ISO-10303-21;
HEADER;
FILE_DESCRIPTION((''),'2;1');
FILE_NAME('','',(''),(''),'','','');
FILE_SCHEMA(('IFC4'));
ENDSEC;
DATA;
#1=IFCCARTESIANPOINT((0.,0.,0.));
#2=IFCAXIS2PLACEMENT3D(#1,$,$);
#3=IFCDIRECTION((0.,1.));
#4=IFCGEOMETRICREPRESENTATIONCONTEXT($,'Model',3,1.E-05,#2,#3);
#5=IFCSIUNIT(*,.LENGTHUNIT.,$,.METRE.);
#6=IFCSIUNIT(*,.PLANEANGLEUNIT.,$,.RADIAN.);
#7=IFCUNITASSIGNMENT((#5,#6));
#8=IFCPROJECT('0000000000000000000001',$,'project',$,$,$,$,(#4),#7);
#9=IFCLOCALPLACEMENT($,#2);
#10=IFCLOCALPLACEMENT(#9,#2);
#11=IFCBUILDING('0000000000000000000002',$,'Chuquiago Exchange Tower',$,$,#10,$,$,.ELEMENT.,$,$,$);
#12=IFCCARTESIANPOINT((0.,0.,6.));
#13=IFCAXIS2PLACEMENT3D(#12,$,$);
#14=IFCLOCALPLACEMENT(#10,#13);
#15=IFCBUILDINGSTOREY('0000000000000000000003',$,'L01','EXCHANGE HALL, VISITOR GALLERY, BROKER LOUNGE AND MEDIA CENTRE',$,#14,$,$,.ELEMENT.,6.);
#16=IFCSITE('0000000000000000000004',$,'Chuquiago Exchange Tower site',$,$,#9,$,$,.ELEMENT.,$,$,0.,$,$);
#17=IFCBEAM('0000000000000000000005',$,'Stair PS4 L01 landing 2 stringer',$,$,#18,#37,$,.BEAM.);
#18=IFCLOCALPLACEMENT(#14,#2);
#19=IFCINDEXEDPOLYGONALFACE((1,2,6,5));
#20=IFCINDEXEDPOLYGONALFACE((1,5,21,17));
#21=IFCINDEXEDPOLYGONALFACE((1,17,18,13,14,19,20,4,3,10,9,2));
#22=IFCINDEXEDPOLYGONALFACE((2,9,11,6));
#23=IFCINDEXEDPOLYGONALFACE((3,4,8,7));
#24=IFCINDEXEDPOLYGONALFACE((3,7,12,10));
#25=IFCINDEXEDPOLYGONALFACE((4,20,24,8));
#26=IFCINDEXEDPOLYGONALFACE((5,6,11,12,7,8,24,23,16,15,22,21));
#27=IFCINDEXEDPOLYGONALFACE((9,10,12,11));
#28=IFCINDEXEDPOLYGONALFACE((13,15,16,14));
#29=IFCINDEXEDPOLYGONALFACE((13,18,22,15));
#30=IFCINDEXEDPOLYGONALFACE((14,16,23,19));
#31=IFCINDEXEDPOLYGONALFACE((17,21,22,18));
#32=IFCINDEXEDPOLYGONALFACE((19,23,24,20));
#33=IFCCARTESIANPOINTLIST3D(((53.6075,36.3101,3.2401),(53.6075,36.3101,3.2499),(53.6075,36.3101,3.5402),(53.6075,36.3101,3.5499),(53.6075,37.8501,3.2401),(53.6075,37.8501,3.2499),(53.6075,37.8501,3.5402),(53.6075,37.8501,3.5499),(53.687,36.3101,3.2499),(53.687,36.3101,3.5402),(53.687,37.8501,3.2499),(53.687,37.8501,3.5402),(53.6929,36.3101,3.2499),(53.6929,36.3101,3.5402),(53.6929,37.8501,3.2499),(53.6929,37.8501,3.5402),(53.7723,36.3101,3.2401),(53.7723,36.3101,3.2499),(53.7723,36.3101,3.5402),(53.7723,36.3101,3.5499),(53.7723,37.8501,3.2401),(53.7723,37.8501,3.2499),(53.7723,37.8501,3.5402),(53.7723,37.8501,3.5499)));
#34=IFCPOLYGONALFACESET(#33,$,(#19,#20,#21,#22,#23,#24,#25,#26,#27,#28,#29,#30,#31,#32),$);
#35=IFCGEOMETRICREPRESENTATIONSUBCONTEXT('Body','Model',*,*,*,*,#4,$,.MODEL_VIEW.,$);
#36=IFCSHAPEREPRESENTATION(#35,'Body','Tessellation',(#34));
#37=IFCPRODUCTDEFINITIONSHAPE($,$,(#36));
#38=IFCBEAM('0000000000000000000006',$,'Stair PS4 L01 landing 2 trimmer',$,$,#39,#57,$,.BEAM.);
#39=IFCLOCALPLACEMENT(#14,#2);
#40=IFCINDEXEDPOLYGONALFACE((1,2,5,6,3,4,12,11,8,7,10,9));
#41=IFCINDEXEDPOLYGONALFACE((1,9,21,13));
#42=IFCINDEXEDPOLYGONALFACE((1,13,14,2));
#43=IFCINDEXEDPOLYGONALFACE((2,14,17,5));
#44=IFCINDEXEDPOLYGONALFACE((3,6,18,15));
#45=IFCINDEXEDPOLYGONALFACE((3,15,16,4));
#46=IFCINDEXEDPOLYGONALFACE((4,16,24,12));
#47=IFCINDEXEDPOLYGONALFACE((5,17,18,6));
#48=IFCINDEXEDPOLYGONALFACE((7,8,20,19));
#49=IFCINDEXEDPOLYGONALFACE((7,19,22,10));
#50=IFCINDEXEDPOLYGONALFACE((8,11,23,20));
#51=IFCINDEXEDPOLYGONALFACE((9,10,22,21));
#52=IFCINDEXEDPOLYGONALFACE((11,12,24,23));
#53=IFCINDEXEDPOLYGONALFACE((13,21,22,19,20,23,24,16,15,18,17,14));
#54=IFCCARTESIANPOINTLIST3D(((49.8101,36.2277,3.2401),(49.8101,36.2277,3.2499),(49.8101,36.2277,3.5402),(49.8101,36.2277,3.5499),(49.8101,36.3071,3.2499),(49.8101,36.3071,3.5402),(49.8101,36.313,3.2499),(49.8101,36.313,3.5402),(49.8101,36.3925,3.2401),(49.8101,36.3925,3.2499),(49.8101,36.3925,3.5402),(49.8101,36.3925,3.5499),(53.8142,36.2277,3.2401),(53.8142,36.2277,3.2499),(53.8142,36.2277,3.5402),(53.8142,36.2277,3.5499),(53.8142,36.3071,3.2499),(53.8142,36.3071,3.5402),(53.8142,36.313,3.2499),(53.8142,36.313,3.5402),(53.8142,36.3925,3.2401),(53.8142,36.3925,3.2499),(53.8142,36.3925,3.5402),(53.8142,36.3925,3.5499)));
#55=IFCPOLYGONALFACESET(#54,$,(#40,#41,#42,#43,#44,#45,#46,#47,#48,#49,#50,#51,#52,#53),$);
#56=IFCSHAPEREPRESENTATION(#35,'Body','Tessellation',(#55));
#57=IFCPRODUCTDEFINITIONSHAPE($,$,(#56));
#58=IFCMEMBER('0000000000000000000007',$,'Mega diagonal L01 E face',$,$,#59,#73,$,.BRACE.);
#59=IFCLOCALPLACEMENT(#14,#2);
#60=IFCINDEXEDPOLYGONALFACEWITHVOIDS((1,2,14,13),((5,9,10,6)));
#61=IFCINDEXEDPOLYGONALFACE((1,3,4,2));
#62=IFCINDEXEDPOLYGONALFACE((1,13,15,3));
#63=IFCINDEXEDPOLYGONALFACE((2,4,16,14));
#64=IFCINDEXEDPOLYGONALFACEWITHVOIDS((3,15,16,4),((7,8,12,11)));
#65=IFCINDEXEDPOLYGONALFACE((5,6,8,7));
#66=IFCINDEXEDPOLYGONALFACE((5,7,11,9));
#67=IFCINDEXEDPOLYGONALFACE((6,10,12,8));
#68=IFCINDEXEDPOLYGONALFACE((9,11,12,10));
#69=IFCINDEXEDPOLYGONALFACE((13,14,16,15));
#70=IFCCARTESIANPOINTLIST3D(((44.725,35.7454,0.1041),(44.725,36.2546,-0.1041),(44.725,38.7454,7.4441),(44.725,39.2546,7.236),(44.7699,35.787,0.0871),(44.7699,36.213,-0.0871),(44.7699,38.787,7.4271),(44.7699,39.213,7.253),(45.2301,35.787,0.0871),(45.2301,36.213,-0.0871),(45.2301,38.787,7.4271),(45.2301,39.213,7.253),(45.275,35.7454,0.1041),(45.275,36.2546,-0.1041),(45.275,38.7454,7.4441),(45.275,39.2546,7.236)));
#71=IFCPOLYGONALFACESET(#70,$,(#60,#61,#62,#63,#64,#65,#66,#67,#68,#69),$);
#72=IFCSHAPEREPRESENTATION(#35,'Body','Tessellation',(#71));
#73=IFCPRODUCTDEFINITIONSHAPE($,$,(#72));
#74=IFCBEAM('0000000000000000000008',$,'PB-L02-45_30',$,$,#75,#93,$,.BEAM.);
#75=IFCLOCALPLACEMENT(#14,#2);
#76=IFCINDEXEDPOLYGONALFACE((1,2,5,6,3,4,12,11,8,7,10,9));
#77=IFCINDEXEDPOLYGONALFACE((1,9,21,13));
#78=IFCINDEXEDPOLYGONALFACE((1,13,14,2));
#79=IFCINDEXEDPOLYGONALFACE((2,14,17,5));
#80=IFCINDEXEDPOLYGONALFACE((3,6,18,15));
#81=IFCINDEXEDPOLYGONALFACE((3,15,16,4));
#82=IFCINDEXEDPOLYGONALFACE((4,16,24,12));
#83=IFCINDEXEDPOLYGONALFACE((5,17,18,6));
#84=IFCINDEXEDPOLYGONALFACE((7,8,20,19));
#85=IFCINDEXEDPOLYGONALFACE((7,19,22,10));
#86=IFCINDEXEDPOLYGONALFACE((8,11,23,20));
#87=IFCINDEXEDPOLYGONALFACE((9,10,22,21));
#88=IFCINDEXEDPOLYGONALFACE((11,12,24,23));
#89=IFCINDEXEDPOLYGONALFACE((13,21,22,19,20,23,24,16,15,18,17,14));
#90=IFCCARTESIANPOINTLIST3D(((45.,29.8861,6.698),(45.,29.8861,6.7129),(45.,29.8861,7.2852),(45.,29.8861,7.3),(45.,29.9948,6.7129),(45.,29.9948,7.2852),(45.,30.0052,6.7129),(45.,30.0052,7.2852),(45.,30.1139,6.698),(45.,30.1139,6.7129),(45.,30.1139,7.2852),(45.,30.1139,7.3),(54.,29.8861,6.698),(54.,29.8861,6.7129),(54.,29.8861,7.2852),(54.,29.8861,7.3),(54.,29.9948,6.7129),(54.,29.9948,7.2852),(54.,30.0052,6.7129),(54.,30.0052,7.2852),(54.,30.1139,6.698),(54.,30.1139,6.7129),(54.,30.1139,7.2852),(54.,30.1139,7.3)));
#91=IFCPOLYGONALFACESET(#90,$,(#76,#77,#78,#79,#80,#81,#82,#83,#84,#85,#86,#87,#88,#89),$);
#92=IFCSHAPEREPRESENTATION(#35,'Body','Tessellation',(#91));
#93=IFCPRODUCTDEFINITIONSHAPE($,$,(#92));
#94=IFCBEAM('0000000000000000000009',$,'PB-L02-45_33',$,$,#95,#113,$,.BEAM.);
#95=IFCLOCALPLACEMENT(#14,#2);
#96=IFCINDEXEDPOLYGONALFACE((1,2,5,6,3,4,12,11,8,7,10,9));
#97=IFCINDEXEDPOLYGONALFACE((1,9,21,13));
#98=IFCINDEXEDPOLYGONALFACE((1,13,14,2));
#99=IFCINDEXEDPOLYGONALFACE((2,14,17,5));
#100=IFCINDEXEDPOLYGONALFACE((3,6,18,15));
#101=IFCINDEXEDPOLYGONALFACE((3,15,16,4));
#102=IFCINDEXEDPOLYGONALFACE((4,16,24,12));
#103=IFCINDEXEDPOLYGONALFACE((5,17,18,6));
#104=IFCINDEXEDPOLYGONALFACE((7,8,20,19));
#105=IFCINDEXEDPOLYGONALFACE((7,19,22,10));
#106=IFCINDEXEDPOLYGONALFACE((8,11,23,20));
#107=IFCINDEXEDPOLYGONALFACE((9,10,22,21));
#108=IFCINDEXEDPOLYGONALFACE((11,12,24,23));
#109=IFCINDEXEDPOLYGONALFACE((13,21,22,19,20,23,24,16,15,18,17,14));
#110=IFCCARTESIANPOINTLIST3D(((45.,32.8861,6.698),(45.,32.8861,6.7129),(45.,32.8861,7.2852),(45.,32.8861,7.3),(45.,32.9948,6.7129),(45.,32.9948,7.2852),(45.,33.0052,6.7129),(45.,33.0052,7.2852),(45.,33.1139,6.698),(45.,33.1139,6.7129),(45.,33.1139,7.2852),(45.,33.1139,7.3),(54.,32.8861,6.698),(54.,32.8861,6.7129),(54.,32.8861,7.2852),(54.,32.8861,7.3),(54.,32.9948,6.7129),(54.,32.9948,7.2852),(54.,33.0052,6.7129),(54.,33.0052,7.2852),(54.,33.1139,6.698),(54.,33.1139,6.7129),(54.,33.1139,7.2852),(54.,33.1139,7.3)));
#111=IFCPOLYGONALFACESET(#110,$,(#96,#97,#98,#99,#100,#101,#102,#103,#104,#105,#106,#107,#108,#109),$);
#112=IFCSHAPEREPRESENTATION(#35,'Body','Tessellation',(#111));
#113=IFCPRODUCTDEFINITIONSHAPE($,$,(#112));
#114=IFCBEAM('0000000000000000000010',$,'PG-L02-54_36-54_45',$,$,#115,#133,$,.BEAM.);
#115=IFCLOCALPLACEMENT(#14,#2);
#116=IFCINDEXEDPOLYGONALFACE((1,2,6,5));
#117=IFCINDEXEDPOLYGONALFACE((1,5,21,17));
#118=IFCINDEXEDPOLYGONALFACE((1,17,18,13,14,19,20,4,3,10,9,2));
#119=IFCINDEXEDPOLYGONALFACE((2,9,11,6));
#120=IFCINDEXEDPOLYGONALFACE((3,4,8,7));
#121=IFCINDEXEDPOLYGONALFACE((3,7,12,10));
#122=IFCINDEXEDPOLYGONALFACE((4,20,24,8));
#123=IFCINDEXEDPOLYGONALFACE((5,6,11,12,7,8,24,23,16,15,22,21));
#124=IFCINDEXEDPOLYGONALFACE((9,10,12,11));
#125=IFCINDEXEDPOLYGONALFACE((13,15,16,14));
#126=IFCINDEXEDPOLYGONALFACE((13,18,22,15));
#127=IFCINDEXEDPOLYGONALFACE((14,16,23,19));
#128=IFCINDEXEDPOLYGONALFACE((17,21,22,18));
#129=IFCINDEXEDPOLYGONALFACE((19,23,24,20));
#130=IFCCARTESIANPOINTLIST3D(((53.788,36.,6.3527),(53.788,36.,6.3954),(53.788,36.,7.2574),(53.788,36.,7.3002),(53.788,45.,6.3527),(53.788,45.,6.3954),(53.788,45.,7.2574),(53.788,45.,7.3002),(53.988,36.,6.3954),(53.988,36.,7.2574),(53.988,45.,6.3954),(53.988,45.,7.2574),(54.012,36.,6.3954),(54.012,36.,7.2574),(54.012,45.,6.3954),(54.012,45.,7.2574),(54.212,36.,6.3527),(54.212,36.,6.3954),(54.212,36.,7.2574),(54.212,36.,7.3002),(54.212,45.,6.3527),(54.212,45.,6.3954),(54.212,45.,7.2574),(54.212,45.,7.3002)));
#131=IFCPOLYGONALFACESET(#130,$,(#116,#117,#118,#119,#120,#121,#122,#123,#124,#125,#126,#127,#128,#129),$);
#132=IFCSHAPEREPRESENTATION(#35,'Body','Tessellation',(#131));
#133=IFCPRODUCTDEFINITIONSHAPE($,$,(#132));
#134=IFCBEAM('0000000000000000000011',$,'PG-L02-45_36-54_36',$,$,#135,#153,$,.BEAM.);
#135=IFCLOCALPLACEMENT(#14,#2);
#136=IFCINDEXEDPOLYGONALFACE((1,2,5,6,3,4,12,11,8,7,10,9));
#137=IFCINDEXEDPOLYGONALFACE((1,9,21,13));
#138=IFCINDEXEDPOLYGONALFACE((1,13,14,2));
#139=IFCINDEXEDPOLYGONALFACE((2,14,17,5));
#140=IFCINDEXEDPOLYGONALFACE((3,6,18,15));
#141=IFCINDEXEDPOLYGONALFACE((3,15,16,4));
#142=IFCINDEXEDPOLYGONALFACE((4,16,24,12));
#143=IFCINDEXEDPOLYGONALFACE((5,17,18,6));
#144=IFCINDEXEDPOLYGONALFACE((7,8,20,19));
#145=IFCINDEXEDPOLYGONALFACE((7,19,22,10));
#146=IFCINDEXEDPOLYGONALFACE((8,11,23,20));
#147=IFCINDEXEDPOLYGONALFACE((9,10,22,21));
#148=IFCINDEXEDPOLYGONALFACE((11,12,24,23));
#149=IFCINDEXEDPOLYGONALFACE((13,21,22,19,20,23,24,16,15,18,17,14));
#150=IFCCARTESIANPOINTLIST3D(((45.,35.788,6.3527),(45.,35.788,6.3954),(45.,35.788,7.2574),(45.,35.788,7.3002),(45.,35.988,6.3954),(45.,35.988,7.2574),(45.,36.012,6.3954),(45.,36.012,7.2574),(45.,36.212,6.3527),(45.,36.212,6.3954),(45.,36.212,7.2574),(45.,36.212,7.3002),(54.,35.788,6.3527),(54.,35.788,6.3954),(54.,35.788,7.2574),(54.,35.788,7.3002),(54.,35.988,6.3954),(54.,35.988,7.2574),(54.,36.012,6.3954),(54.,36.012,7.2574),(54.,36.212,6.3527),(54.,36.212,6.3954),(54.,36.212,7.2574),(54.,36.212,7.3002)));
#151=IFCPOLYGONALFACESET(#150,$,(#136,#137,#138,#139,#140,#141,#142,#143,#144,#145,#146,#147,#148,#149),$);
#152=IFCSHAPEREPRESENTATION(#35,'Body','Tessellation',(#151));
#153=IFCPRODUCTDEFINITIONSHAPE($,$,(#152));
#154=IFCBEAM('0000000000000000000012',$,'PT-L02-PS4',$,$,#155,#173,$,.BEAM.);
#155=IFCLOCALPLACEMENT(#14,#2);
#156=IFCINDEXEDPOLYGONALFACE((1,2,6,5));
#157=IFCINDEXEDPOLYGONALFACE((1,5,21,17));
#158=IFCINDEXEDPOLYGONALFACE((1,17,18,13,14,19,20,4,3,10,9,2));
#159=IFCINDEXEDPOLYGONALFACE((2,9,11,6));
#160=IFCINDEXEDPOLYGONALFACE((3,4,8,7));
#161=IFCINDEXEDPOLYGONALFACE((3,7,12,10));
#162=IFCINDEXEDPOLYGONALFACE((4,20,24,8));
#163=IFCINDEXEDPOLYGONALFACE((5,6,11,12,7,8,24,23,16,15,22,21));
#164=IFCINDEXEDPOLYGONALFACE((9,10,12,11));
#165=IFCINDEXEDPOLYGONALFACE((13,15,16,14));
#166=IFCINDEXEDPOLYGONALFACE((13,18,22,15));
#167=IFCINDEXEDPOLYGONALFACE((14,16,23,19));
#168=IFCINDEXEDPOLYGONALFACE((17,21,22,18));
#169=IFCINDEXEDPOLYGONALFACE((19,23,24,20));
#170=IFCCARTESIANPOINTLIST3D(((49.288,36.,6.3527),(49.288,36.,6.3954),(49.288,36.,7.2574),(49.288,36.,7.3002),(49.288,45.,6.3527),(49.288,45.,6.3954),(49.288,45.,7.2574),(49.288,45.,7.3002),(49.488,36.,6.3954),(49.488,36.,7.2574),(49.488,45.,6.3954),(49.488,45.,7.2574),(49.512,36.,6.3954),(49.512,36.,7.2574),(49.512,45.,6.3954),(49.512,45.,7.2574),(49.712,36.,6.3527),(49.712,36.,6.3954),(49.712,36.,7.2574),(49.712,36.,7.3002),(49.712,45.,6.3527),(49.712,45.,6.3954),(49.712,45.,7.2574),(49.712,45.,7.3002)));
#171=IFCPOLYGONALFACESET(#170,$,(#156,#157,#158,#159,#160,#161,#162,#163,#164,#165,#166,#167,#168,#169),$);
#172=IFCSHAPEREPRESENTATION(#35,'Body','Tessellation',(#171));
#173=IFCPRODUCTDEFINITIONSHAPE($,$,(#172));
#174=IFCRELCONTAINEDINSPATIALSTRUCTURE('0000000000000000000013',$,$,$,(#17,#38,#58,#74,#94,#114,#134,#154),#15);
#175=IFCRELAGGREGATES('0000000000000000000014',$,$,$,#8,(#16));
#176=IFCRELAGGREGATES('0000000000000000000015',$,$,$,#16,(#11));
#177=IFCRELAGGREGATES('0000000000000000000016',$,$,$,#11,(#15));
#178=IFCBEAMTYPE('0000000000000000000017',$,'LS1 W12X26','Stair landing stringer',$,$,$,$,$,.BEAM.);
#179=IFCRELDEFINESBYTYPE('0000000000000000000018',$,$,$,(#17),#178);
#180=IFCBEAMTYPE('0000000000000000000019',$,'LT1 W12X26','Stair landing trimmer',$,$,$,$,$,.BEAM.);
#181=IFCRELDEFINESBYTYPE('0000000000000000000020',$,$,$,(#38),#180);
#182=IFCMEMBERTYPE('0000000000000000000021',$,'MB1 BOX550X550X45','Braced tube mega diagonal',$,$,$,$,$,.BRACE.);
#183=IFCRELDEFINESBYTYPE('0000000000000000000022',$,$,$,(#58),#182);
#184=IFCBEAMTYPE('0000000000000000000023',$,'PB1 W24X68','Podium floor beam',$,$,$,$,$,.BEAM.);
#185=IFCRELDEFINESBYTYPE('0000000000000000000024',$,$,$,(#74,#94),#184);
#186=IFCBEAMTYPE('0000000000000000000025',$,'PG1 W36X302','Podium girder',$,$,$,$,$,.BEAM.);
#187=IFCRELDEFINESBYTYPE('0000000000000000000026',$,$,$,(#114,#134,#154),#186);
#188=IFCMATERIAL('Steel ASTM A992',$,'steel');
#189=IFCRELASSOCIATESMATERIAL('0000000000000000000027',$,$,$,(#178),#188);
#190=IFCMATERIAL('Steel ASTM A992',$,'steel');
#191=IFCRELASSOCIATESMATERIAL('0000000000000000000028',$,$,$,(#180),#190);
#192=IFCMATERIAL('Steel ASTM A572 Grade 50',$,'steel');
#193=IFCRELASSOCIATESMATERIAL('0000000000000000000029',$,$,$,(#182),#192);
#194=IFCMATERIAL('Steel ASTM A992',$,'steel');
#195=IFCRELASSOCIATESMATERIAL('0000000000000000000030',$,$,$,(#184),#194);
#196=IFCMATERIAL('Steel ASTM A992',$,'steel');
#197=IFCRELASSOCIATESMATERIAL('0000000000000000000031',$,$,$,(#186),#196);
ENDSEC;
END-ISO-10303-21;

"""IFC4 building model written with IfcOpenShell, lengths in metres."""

from ifc_helpers import new_model, si_unit, direction, frame, origin, origin_2d, place, context, subcontext, project, spatial, hollow_rectangle, i_section, extrude, material, material_profile, profile_set, type_object, element, save


model = new_model("IFC4")

# Units and contexts
model_context = context("Model", 3, precision=1e-05, world=origin(), true_north=direction((0.0, 1.0)))
body_context = subcontext(model_context, "Body", "Model", "MODEL_VIEW")
ifc_project = project(units=[si_unit("LENGTHUNIT", "METRE"), si_unit("PLANEANGLEUNIT", "RADIAN")], contexts=[model_context])

# Site, building, storey
site_placement = place(None, origin())
site = spatial("IfcSite", under=ifc_project, at=site_placement, Name="Chuquiago Exchange Tower site", CompositionType="ELEMENT", RefElevation=0.0)
building_placement = place(site_placement, origin())
building = spatial("IfcBuilding", under=site, at=building_placement, Name="Chuquiago Exchange Tower", CompositionType="ELEMENT")
storey_placement = place(building_placement, frame((0.0, 0.0, 6.0)))
storey = spatial("IfcBuildingStorey", under=building, at=storey_placement, Name="L01", Description="EXCHANGE HALL, VISITOR GALLERY, BROKER LOUNGE AND MEDIA CENTRE", CompositionType="ELEMENT", Elevation=6.0)

# Beams
ifc_material_1 = material(Name="Steel ASTM A992", Category="steel")
ifc_material_profile_1 = material_profile(ifc_material_1, i_section(OverallWidth=0.1648, OverallDepth=0.3098, WebThickness=0.0059, FlangeThickness=0.0098, at=origin_2d()), Name="W12X26")
ifc_profile_set_1 = profile_set([ifc_material_profile_1], Name="Steel ASTM A992")
beam_type_1 = type_object("IfcBeamType", Name="LS1 W12X26", Description="Stair landing stringer", PredefinedType="BEAM", material=ifc_profile_set_1)
for number, where, z_axis, x_axis, name in (
    (1, (53.6899, 36.3101, 3.395), (0.0, 1.0, 0.0), (-1.0, 0.0, 0.0), "Stair PS4 L01 landing 2 stringer"),
):
    element("IfcBeam", number, at=place(storey_placement, frame(where, z_axis=z_axis, x_axis=x_axis)), inside=storey, type_object=beam_type_1, Name=name, PredefinedType="BEAM", context=body_context, shape_type="SweptSolid", body=[
        extrude(i_section(OverallWidth=0.1648, OverallDepth=0.3098, WebThickness=0.0059, FlangeThickness=0.0098, at=origin_2d()), origin(), (0.0, 0.0, 1.0), 1.54),
    ])
ifc_material_2 = material(Name="Steel ASTM A992", Category="steel")
ifc_material_profile_2 = material_profile(ifc_material_2, i_section(OverallWidth=0.1648, OverallDepth=0.3098, WebThickness=0.0059, FlangeThickness=0.0098, at=origin_2d()), Name="W12X26")
ifc_profile_set_2 = profile_set([ifc_material_profile_2], Name="Steel ASTM A992")
beam_type_2 = type_object("IfcBeamType", Name="LT1 W12X26", Description="Stair landing trimmer", PredefinedType="BEAM", material=ifc_profile_set_2)
beam_placement = place(storey_placement, frame((49.8101, 36.3101, 3.395), z_axis=(1.0, 0.0, 0.0), x_axis=(0.0, 1.0, 0.0)))
element("IfcBeam", 2, at=beam_placement, inside=storey, type_object=beam_type_2, Name="Stair PS4 L01 landing 2 trimmer", PredefinedType="BEAM", context=body_context, shape_type="SweptSolid", body=[
    extrude(i_section(OverallWidth=0.1648, OverallDepth=0.3098, WebThickness=0.0059, FlangeThickness=0.0098, at=origin_2d()), origin(), (0.0, 0.0, 1.0), 4.0042),
])

# Member
ifc_material_3 = material(Name="Steel ASTM A572 Grade 50", Category="steel")
ifc_material_profile_3 = material_profile(ifc_material_3, hollow_rectangle(XDim=0.55, YDim=0.55, WallThickness=0.0449, at=origin_2d()), Name="BOX550X550X45")
ifc_profile_set_3 = profile_set([ifc_material_profile_3], Name="Steel ASTM A572 Grade 50")
member_type_1 = type_object("IfcMemberType", Name="MB1 BOX550X550X45", Description="Braced tube mega diagonal", PredefinedType="BRACE", material=ifc_profile_set_3)
member_1_placement = place(storey_placement, frame((45.0, 36.0, 0.0), z_axis=(0.0, 0.378334, 0.925669), x_axis=(-1.0, 0.0, 0.0)))
element("IfcMember", 3, at=member_1_placement, inside=storey, type_object=member_type_1, Name="Mega diagonal L01 E face", PredefinedType="BRACE", context=body_context, shape_type="SweptSolid", body=[
    extrude(hollow_rectangle(XDim=0.55, YDim=0.55, WallThickness=0.0449, at=origin_2d()), origin(), (0.0, 0.0, 1.0), 7.9294),
])

# Beams
ifc_material_4 = material(Name="Steel ASTM A992", Category="steel")
ifc_material_profile_4 = material_profile(ifc_material_4, i_section(OverallWidth=0.2278, OverallDepth=0.6021, WebThickness=0.0105, FlangeThickness=0.0149, at=origin_2d()), Name="W24X68")
ifc_profile_set_4 = profile_set([ifc_material_profile_4], Name="Steel ASTM A992")
beam_type_3 = type_object("IfcBeamType", Name="PB1 W24X68", Description="Podium floor beam", PredefinedType="BEAM", material=ifc_profile_set_4)
for number, where, z_axis, x_axis, name in (
    (4, (45.0, 30.0, 6.999), (1.0, 0.0, 0.0), (0.0, 1.0, 0.0), "PB-L02-45_30"),
    (5, (45.0, 33.0, 6.999), (1.0, 0.0, 0.0), (0.0, 1.0, 0.0), "PB-L02-45_33"),
):
    element("IfcBeam", number, at=place(storey_placement, frame(where, z_axis=z_axis, x_axis=x_axis)), inside=storey, type_object=beam_type_3, Name=name, PredefinedType="BEAM", context=body_context, shape_type="SweptSolid", body=[
        extrude(i_section(OverallWidth=0.2278, OverallDepth=0.6021, WebThickness=0.0105, FlangeThickness=0.0149, at=origin_2d()), origin(), (0.0, 0.0, 1.0), 9.0),
    ])
ifc_material_5 = material(Name="Steel ASTM A992", Category="steel")
ifc_material_profile_5 = material_profile(ifc_material_5, i_section(OverallWidth=0.4241, OverallDepth=0.9475, WebThickness=0.0239, FlangeThickness=0.0427, at=origin_2d()), Name="W36X302")
ifc_profile_set_5 = profile_set([ifc_material_profile_5], Name="Steel ASTM A992")
beam_type_4 = type_object("IfcBeamType", Name="PG1 W36X302", Description="Podium girder", PredefinedType="BEAM", material=ifc_profile_set_5)
for number, where, z_axis, x_axis, name in (
    (6, (54.0, 36.0, 6.8264), (0.0, 1.0, 0.0), (-1.0, 0.0, 0.0), "PG-L02-54_36-54_45"),
    (7, (45.0, 36.0, 6.8264), (1.0, 0.0, 0.0), (0.0, 1.0, 0.0), "PG-L02-45_36-54_36"),
    (8, (49.5, 36.0, 6.8264), (0.0, 1.0, 0.0), (-1.0, 0.0, 0.0), "PT-L02-PS4"),
):
    element("IfcBeam", number, at=place(storey_placement, frame(where, z_axis=z_axis, x_axis=x_axis)), inside=storey, type_object=beam_type_4, Name=name, PredefinedType="BEAM", context=body_context, shape_type="SweptSolid", body=[
        extrude(i_section(OverallWidth=0.4241, OverallDepth=0.9475, WebThickness=0.0239, FlangeThickness=0.0427, at=origin_2d()), origin(), (0.0, 0.0, 1.0), 9.0),
    ])

save(model, "model.ifc")
